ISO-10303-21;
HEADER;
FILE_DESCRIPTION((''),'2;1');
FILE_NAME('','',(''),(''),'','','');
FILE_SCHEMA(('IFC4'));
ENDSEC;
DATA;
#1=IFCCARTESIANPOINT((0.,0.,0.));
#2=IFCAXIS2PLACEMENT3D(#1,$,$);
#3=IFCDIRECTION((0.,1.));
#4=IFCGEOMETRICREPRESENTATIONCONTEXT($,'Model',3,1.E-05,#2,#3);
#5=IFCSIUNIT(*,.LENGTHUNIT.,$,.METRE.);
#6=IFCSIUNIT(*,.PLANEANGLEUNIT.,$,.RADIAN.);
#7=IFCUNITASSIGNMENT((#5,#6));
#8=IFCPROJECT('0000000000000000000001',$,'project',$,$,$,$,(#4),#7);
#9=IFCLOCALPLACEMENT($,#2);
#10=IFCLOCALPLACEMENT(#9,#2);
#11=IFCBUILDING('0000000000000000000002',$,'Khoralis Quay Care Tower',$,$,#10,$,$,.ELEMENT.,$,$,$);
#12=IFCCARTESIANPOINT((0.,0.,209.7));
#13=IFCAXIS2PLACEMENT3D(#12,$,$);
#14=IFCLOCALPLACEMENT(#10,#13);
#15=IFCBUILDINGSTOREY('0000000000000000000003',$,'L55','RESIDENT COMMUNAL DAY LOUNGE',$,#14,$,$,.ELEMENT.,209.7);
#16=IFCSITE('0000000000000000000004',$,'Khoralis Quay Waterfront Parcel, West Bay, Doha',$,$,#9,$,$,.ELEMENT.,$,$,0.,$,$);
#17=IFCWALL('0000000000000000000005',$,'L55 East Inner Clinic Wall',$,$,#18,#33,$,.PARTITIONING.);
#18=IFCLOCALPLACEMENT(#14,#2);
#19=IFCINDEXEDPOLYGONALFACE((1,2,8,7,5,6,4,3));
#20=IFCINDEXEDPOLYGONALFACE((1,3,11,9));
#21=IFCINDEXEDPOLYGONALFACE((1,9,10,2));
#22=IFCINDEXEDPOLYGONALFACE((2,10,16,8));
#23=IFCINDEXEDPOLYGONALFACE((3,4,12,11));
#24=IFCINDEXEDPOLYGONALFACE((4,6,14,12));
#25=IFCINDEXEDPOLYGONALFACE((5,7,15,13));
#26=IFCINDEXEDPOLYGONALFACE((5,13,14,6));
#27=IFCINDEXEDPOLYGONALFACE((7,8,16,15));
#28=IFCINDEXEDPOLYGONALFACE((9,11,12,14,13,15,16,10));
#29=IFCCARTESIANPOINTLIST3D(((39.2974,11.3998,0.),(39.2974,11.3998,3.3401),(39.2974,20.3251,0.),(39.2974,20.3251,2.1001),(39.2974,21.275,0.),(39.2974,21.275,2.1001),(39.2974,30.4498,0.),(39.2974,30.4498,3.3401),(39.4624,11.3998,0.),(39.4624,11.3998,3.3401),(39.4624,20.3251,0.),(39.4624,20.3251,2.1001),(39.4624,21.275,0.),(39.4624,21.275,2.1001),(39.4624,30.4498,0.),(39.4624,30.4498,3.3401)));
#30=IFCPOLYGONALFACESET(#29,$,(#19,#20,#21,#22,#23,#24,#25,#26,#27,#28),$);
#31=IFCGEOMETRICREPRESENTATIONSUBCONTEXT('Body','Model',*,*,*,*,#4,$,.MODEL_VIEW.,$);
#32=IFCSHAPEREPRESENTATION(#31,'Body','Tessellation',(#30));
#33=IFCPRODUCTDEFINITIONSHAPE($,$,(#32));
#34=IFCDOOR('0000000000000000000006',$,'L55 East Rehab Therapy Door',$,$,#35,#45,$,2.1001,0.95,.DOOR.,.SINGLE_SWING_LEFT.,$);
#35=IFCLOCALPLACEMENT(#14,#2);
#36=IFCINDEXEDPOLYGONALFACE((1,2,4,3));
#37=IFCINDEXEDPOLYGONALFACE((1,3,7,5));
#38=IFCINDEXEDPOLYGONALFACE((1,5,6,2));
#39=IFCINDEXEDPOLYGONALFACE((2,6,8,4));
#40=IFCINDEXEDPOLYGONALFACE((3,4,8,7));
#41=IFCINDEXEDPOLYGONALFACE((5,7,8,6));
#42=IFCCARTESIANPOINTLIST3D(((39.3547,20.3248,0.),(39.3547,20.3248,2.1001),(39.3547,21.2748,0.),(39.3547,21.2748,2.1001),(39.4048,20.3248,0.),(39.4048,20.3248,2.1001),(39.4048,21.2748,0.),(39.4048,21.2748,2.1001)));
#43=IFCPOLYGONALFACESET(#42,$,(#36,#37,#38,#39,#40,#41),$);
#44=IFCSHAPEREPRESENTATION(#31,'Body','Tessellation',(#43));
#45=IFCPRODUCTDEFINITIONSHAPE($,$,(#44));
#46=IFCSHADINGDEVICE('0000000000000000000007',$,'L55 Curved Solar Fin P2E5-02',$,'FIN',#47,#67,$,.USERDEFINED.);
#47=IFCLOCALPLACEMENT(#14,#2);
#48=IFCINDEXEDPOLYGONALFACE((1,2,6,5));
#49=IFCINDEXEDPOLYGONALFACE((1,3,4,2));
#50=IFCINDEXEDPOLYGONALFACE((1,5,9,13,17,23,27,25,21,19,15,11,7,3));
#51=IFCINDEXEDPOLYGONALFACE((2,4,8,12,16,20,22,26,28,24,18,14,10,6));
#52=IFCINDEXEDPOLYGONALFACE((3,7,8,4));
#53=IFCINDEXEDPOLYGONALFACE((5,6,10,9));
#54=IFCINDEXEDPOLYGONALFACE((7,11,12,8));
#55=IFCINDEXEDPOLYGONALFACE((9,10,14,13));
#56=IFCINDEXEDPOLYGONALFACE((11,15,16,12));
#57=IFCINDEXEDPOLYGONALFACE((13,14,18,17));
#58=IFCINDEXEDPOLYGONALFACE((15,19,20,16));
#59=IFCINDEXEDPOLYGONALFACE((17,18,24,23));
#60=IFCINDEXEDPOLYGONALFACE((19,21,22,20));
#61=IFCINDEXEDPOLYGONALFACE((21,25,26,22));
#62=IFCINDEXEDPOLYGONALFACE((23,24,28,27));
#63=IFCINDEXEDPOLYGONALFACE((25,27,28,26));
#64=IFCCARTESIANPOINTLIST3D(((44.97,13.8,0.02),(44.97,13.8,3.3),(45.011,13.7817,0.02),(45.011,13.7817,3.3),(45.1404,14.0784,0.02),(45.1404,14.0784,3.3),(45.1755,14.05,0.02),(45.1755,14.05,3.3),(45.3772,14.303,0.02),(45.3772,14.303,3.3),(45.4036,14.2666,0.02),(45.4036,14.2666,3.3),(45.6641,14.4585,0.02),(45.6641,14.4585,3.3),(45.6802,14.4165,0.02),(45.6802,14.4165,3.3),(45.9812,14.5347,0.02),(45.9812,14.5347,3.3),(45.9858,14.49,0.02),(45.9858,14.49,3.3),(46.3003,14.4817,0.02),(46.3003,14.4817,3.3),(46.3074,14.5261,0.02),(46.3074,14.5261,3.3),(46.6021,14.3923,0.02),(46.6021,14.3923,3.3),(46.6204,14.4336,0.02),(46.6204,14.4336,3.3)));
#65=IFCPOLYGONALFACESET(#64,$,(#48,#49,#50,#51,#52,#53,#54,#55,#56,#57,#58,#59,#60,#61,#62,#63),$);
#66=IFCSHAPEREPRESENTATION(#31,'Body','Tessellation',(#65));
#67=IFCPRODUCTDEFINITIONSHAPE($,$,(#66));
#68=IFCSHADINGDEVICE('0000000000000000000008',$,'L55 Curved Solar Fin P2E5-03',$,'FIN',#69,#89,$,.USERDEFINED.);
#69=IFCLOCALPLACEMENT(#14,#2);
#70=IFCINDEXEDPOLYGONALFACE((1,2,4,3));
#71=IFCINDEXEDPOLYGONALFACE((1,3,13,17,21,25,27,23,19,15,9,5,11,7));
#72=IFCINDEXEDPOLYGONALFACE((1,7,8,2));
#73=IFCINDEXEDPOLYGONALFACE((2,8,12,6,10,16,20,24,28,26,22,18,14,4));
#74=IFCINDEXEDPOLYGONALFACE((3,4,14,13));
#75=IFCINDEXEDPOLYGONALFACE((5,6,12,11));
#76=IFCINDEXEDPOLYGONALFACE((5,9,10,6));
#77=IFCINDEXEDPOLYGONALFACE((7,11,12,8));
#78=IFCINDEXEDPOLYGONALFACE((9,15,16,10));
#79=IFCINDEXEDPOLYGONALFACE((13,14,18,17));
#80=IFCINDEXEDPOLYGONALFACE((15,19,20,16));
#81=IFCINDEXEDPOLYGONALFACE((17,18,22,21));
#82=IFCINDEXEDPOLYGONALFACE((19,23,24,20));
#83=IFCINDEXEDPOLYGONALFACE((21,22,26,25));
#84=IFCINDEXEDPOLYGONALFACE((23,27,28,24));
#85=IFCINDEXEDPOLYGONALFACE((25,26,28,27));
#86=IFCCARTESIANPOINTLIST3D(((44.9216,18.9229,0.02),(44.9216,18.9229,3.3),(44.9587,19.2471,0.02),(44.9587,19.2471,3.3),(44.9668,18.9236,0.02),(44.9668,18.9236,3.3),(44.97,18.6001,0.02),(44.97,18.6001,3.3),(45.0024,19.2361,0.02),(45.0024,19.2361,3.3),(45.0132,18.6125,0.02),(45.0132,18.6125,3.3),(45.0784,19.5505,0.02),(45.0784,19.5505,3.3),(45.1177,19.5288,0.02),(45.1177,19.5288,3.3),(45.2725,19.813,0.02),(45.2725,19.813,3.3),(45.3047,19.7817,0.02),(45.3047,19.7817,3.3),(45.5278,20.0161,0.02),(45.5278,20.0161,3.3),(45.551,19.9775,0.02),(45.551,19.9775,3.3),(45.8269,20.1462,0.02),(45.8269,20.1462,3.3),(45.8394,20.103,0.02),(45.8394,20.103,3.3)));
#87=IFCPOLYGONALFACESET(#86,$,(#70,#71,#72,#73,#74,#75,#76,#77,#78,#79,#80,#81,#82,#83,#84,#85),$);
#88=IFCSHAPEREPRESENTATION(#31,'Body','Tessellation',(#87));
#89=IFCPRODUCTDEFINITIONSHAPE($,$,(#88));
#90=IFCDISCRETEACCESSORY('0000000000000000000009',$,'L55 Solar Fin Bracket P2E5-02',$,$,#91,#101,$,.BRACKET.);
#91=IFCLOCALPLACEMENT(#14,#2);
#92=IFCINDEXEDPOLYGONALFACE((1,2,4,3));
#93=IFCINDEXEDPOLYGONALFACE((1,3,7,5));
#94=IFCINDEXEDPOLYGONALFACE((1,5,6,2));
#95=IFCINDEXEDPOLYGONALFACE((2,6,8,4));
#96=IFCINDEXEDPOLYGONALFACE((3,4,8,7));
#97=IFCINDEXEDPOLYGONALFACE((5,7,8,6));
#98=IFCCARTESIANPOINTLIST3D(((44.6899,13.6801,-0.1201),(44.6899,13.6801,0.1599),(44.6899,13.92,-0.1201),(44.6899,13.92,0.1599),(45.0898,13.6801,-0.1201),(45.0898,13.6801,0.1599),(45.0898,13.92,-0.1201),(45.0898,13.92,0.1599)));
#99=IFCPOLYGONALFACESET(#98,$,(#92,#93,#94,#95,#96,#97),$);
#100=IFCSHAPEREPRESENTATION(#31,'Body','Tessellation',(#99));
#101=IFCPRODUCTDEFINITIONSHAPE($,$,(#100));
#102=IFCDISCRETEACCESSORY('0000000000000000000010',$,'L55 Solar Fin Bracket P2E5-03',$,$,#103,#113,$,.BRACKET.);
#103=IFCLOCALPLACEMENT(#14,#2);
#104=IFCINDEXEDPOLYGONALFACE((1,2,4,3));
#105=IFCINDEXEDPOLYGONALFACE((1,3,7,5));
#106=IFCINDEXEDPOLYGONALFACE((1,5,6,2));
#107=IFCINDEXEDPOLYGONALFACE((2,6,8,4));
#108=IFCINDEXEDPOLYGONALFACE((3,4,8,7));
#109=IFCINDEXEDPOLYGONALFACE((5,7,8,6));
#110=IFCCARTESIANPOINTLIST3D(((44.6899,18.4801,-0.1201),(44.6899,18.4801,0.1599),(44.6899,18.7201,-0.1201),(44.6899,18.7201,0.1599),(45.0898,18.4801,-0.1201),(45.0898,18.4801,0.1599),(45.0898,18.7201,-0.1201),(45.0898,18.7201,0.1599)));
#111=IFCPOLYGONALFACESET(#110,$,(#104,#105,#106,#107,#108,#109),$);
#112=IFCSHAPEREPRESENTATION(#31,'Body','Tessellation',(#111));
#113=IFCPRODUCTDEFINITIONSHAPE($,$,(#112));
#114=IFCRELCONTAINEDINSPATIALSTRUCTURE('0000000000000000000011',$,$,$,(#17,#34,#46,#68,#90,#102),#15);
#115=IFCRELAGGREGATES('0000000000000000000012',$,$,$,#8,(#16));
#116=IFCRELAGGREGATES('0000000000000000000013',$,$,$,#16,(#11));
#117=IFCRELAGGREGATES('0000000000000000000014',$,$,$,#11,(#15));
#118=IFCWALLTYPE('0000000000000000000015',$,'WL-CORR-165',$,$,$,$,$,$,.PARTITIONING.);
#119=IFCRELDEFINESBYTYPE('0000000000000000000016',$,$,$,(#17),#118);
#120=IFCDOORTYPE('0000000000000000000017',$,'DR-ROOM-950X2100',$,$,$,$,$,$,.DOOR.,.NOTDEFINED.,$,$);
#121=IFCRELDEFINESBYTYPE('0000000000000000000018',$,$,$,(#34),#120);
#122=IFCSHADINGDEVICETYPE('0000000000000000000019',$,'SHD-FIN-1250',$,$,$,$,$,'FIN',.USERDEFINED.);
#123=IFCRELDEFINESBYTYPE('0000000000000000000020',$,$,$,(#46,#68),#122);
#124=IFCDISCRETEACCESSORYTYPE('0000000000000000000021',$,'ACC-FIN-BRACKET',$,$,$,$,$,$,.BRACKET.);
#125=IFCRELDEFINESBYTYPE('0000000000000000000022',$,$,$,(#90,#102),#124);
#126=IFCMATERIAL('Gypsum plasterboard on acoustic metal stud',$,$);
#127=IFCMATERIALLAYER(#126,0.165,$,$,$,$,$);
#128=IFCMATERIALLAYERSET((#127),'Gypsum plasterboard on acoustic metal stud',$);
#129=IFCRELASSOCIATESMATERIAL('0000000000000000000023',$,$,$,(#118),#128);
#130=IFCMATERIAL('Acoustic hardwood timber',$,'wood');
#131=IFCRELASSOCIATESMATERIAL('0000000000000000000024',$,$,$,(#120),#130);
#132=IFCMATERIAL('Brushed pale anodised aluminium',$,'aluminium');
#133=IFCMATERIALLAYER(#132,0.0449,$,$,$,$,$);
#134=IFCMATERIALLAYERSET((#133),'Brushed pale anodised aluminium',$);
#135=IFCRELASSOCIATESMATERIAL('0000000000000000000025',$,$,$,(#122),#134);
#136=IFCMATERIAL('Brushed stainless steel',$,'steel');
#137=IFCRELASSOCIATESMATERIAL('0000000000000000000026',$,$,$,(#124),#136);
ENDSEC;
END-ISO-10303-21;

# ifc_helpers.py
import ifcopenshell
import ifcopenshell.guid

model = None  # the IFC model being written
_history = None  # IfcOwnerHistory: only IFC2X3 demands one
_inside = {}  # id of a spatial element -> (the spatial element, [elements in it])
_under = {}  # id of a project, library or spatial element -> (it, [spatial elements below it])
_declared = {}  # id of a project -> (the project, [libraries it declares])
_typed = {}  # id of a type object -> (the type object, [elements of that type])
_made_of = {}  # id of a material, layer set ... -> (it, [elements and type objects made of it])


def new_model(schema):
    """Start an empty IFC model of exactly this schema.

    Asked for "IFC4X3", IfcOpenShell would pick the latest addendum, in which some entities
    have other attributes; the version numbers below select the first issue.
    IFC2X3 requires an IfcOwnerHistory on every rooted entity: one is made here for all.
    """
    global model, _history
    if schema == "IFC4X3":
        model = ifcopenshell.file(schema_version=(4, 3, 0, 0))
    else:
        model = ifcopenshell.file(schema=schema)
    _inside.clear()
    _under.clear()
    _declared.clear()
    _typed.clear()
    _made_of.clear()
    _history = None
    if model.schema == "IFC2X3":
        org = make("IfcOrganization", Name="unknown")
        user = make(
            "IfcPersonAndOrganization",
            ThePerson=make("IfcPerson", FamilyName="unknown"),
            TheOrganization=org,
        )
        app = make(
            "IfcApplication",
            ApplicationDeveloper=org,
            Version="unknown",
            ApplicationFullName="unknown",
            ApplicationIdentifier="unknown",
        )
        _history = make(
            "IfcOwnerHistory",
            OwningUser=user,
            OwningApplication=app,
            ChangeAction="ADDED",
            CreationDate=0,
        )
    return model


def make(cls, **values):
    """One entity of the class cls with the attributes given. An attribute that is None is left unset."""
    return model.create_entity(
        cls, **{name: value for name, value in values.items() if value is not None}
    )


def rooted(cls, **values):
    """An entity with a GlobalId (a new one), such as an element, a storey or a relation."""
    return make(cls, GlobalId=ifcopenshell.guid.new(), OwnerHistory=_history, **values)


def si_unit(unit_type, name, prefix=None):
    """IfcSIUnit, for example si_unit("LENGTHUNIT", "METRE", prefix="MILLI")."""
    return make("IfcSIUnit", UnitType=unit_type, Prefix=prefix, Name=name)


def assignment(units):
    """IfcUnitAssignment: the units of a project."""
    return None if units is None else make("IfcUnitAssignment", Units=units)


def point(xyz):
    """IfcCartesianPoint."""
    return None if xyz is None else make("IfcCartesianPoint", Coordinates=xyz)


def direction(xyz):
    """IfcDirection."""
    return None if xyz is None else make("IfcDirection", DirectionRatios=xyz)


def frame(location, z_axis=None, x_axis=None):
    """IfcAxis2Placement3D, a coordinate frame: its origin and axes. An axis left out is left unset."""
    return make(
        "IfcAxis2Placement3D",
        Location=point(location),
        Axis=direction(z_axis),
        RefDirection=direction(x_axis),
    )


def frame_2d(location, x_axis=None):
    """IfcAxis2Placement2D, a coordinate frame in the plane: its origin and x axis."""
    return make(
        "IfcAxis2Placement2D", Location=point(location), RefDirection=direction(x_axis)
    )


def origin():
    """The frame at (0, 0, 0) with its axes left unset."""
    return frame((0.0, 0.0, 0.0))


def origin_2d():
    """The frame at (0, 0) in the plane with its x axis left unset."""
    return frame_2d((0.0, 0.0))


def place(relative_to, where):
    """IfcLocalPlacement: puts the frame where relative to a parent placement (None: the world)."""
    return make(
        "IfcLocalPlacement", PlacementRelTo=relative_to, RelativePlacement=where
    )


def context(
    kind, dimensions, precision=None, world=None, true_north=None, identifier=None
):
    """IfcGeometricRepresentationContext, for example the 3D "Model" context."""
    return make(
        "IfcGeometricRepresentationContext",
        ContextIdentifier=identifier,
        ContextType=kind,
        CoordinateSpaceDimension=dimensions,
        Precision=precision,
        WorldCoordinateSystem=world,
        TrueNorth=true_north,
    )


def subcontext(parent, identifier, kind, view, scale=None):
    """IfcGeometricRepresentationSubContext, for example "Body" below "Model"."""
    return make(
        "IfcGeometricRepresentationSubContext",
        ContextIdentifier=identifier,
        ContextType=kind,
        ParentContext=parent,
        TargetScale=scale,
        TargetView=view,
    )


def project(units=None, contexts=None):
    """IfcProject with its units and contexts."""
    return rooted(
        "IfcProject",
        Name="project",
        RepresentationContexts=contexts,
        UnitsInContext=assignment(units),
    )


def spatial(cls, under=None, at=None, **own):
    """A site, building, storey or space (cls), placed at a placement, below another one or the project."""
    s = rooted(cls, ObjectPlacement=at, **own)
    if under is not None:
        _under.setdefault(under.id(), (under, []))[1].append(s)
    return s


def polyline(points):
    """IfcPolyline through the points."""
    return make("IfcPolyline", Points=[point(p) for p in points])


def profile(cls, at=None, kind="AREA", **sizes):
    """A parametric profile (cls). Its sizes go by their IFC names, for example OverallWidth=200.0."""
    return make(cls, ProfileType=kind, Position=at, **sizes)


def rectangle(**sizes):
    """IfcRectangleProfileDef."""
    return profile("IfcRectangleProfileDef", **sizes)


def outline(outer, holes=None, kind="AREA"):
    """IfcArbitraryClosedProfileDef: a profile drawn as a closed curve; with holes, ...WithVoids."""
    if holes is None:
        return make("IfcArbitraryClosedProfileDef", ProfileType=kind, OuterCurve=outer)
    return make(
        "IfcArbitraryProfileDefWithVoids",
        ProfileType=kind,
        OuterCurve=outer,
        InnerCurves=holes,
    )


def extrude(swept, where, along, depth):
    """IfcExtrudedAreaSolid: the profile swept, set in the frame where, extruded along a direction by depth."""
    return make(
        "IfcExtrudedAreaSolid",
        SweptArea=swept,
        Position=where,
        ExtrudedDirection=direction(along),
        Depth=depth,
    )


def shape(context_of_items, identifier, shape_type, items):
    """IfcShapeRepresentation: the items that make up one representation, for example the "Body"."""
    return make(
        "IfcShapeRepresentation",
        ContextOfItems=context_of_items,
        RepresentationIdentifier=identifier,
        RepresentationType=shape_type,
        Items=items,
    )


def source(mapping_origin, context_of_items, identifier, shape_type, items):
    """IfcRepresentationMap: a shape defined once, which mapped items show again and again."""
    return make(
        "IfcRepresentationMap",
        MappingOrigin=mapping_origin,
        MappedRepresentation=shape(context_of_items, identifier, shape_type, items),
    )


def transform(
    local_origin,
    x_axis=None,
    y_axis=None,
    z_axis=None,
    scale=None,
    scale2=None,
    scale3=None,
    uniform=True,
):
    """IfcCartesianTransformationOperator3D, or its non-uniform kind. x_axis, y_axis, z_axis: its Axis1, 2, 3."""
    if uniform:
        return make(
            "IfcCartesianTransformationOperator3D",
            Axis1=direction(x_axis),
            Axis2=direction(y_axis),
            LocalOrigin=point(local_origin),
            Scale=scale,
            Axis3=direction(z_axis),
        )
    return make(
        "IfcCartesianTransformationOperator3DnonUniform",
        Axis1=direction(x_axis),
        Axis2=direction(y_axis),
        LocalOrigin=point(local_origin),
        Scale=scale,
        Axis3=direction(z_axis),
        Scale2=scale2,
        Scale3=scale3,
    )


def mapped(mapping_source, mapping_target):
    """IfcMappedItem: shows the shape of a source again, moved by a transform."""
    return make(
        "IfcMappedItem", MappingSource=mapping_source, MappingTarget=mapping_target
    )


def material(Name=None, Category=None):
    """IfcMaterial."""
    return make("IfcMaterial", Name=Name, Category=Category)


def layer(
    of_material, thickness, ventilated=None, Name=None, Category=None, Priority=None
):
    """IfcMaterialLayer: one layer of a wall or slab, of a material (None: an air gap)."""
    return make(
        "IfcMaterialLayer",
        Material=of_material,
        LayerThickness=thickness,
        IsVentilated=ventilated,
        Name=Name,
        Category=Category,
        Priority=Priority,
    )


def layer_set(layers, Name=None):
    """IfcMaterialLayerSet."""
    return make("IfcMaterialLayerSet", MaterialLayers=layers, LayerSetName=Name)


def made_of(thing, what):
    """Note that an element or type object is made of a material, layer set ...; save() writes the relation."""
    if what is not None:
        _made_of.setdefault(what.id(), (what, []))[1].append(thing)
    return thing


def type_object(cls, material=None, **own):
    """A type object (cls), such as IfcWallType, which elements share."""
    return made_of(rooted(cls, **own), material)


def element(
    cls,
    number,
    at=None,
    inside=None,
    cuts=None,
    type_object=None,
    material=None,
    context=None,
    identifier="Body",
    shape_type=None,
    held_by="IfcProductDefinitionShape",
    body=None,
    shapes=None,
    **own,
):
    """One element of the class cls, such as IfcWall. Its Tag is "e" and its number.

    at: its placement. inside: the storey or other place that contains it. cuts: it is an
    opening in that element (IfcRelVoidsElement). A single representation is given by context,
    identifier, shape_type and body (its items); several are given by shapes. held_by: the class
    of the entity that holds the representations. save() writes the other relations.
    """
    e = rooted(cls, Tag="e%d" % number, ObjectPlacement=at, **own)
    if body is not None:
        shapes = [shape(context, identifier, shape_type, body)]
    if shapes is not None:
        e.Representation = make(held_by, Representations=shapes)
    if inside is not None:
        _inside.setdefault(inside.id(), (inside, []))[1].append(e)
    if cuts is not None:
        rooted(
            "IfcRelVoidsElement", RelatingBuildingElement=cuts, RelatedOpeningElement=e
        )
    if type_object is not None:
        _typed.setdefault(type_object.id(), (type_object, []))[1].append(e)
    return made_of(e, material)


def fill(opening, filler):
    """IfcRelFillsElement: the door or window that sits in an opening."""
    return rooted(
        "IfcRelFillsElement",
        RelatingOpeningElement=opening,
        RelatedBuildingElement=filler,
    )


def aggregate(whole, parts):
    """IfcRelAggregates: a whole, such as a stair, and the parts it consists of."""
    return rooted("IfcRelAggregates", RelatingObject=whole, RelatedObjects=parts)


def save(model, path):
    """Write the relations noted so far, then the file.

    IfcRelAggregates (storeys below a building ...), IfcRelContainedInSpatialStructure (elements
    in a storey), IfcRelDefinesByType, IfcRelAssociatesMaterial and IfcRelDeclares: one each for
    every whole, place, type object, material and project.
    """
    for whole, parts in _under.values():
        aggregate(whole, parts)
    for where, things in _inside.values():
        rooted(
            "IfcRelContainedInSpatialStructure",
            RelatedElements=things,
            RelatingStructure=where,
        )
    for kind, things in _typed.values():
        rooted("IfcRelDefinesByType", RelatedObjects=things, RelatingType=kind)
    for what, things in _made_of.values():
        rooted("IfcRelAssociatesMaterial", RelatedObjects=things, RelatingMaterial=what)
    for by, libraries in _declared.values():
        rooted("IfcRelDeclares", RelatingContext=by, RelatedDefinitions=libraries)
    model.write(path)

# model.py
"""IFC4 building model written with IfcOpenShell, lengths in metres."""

from ifc_helpers import new_model, si_unit, direction, frame, frame_2d, origin, origin_2d, place, context, subcontext, project, spatial, polyline, rectangle, outline, extrude, source, transform, mapped, material, layer, layer_set, type_object, element, fill, save


model = new_model("IFC4")

# Units and contexts
model_context = context("Model", 3, precision=1e-05, world=origin(), true_north=direction((0.0, 1.0)))
body_context = subcontext(model_context, "Body", "Model", "MODEL_VIEW")
ifc_project = project(units=[si_unit("LENGTHUNIT", "METRE"), si_unit("PLANEANGLEUNIT", "RADIAN")], contexts=[model_context])

# Site, building, storey
site_placement = place(None, origin())
site = spatial("IfcSite", under=ifc_project, at=site_placement, Name="Khoralis Quay Waterfront Parcel, West Bay, Doha", CompositionType="ELEMENT", RefElevation=0.0)
building_placement = place(site_placement, origin())
building = spatial("IfcBuilding", under=site, at=building_placement, Name="Khoralis Quay Care Tower", CompositionType="ELEMENT")
storey_placement = place(building_placement, frame((0.0, 0.0, 209.7)))
storey = spatial("IfcBuildingStorey", under=building, at=storey_placement, Name="L55", Description="RESIDENT COMMUNAL DAY LOUNGE", CompositionType="ELEMENT", Elevation=209.7)

# Shared definitions
ifc_material_1 = material(Name="Gypsum plasterboard on acoustic metal stud")
ifc_layer_1 = layer(ifc_material_1, 0.165)
ifc_layer_set_1 = layer_set([ifc_layer_1], Name="Gypsum plasterboard on acoustic metal stud")
wall_type = type_object("IfcWallType", Name="WL-CORR-165", PredefinedType="PARTITIONING", material=ifc_layer_set_1)
ifc_material_2 = material(Name="Acoustic hardwood timber", Category="wood")
door_type = type_object("IfcDoorType", Name="DR-ROOM-950X2100", OperationType="NOTDEFINED", PredefinedType="DOOR", material=ifc_material_2)
shared_shape_1 = source(origin(), body_context, "Body", "SweptSolid", [
    extrude(rectangle(XDim=0.95, YDim=2.1001, at=frame_2d((0.4751, 1.05))), frame((0.0, 0.0249, 0.0), z_axis=(0.0, -1.0, 0.0), x_axis=(1.0, 0.0, 0.0)), (0.0, 0.0, 1.0), 0.05),
])

# Wall, opening, door
wall_1_placement = place(storey_placement, frame((39.3799, 11.3999, 0.0), z_axis=(0.0, 0.0, 1.0), x_axis=(0.0, 1.0, 0.0)))
wall_1 = element("IfcWall", 1, at=wall_1_placement, inside=storey, type_object=wall_type, Name="L55 East Inner Clinic Wall", PredefinedType="PARTITIONING", context=body_context, shape_type="SweptSolid", body=[
    extrude(rectangle(XDim=19.05, YDim=0.165, at=frame_2d((9.5249, 0.0))), origin(), (0.0, 0.0, 1.0), 3.3401),
])
opening_1_placement = place(wall_1_placement, frame((8.925, 0.0, 0.0)))
opening_1 = element("IfcOpeningElement", 2, at=opening_1_placement, cuts=wall_1, PredefinedType="OPENING", context=body_context, shape_type="SweptSolid", body=[
    extrude(rectangle(XDim=0.95, YDim=2.1001, at=frame_2d((0.4751, 1.05))), frame((0.0, 0.0925, 0.0), z_axis=(0.0, -1.0, 0.0), x_axis=(1.0, 0.0, 0.0)), (0.0, 0.0, 1.0), 0.1851),
])
door_1_placement = place(opening_1_placement, frame((0.95, 0.0, 0.0), z_axis=(0.0, 0.0, 1.0), x_axis=(-1.0, 0.0, 0.0)))
door_1 = element("IfcDoor", 3, at=door_1_placement, inside=storey, type_object=door_type, Name="L55 East Rehab Therapy Door", OperationType="SINGLE_SWING_LEFT", OverallHeight=2.1001, OverallWidth=0.95, PredefinedType="DOOR", context=body_context, shape_type="MappedRepresentation", body=[
    mapped(shared_shape_1, transform((0.0, 0.0, 0.0), scale=1.0)),
])
fill(opening_1, door_1)

# Shading devices
ifc_material_3 = material(Name="Brushed pale anodised aluminium", Category="aluminium")
ifc_layer_2 = layer(ifc_material_3, 0.0449)
ifc_layer_set_2 = layer_set([ifc_layer_2], Name="Brushed pale anodised aluminium")
shading_device_type = type_object("IfcShadingDeviceType", Name="SHD-FIN-1250", ElementType="FIN", PredefinedType="USERDEFINED", material=ifc_layer_set_2)
shared_shape_2 = source(origin(), body_context, "Body", "SweptSolid", [
    extrude(outline(polyline([(0.0, 0.0), (0.1704, 0.2783), (0.4072, 0.5029), (0.6941, 0.6584), (1.0112, 0.7346), (1.3374, 0.7261), (1.6504, 0.6335), (1.6321, 0.5923), (1.3303, 0.6816), (1.0159, 0.6899), (0.7102, 0.6165), (0.4336, 0.4666), (0.2056, 0.25), (0.041, -0.0183), (0.0, 0.0)])), origin(), (0.0, 0.0, 1.0), 3.28),
])
shading_device_1_placement = place(storey_placement, frame((44.97, 13.8, 0.02), z_axis=(0.0, 0.0, 1.0), x_axis=(1.0, 0.0, 0.0)))
element("IfcShadingDevice", 4, at=shading_device_1_placement, inside=storey, type_object=shading_device_type, Name="L55 Curved Solar Fin P2E5-02", ObjectType="FIN", PredefinedType="USERDEFINED", context=body_context, shape_type="MappedRepresentation", body=[
    mapped(shared_shape_2, transform((0.0, 0.0, 0.0), scale=1.0)),
])
shared_shape_3 = source(origin(), body_context, "Body", "SweptSolid", [
    extrude(outline(polyline([(0.0, 0.0), (-0.0483, 0.3228), (-0.0112, 0.647), (0.1084, 0.9504), (0.3025, 1.2129), (0.5579, 1.416), (0.8569, 1.5461), (0.8694, 1.5029), (0.5811, 1.3774), (0.3347, 1.1816), (0.1477, 0.9287), (0.0325, 0.636), (-0.0032, 0.3235), (0.0432, 0.0125), (0.0, 0.0)])), origin(), (0.0, 0.0, 1.0), 3.28),
])
shading_device_2_placement = place(storey_placement, frame((44.97, 18.6001, 0.02), z_axis=(0.0, 0.0, 1.0), x_axis=(1.0, 0.0, 0.0)))
element("IfcShadingDevice", 5, at=shading_device_2_placement, inside=storey, type_object=shading_device_type, Name="L55 Curved Solar Fin P2E5-03", ObjectType="FIN", PredefinedType="USERDEFINED", context=body_context, shape_type="MappedRepresentation", body=[
    mapped(shared_shape_3, transform((0.0, 0.0, 0.0), scale=1.0)),
])

# Discrete accessories
ifc_material_4 = material(Name="Brushed stainless steel", Category="steel")
discrete_accessory_type = type_object("IfcDiscreteAccessoryType", Name="ACC-FIN-BRACKET", PredefinedType="BRACKET", material=ifc_material_4)
shared_shape_4 = source(origin(), body_context, "Body", "SweptSolid", [
    extrude(rectangle(XDim=0.3999, YDim=0.24, at=origin_2d()), origin(), (0.0, 0.0, 1.0), 0.28),
])
for number, where, z_axis, x_axis, name in (
    (6, (44.8899, 13.8, -0.1201), (0.0, 0.0, 1.0), (1.0, 0.0, 0.0), "L55 Solar Fin Bracket P2E5-02"),
    (7, (44.8899, 18.6001, -0.1201), (0.0, 0.0, 1.0), (1.0, 0.0, 0.0), "L55 Solar Fin Bracket P2E5-03"),
):
    element("IfcDiscreteAccessory", number, at=place(storey_placement, frame(where, z_axis=z_axis, x_axis=x_axis)), inside=storey, type_object=discrete_accessory_type, Name=name, PredefinedType="BRACKET", context=body_context, shape_type="MappedRepresentation", body=[
        mapped(shared_shape_4, transform((0.0, 0.0, 0.0), scale=1.0)),
    ])

save(model, "model.ifc")
